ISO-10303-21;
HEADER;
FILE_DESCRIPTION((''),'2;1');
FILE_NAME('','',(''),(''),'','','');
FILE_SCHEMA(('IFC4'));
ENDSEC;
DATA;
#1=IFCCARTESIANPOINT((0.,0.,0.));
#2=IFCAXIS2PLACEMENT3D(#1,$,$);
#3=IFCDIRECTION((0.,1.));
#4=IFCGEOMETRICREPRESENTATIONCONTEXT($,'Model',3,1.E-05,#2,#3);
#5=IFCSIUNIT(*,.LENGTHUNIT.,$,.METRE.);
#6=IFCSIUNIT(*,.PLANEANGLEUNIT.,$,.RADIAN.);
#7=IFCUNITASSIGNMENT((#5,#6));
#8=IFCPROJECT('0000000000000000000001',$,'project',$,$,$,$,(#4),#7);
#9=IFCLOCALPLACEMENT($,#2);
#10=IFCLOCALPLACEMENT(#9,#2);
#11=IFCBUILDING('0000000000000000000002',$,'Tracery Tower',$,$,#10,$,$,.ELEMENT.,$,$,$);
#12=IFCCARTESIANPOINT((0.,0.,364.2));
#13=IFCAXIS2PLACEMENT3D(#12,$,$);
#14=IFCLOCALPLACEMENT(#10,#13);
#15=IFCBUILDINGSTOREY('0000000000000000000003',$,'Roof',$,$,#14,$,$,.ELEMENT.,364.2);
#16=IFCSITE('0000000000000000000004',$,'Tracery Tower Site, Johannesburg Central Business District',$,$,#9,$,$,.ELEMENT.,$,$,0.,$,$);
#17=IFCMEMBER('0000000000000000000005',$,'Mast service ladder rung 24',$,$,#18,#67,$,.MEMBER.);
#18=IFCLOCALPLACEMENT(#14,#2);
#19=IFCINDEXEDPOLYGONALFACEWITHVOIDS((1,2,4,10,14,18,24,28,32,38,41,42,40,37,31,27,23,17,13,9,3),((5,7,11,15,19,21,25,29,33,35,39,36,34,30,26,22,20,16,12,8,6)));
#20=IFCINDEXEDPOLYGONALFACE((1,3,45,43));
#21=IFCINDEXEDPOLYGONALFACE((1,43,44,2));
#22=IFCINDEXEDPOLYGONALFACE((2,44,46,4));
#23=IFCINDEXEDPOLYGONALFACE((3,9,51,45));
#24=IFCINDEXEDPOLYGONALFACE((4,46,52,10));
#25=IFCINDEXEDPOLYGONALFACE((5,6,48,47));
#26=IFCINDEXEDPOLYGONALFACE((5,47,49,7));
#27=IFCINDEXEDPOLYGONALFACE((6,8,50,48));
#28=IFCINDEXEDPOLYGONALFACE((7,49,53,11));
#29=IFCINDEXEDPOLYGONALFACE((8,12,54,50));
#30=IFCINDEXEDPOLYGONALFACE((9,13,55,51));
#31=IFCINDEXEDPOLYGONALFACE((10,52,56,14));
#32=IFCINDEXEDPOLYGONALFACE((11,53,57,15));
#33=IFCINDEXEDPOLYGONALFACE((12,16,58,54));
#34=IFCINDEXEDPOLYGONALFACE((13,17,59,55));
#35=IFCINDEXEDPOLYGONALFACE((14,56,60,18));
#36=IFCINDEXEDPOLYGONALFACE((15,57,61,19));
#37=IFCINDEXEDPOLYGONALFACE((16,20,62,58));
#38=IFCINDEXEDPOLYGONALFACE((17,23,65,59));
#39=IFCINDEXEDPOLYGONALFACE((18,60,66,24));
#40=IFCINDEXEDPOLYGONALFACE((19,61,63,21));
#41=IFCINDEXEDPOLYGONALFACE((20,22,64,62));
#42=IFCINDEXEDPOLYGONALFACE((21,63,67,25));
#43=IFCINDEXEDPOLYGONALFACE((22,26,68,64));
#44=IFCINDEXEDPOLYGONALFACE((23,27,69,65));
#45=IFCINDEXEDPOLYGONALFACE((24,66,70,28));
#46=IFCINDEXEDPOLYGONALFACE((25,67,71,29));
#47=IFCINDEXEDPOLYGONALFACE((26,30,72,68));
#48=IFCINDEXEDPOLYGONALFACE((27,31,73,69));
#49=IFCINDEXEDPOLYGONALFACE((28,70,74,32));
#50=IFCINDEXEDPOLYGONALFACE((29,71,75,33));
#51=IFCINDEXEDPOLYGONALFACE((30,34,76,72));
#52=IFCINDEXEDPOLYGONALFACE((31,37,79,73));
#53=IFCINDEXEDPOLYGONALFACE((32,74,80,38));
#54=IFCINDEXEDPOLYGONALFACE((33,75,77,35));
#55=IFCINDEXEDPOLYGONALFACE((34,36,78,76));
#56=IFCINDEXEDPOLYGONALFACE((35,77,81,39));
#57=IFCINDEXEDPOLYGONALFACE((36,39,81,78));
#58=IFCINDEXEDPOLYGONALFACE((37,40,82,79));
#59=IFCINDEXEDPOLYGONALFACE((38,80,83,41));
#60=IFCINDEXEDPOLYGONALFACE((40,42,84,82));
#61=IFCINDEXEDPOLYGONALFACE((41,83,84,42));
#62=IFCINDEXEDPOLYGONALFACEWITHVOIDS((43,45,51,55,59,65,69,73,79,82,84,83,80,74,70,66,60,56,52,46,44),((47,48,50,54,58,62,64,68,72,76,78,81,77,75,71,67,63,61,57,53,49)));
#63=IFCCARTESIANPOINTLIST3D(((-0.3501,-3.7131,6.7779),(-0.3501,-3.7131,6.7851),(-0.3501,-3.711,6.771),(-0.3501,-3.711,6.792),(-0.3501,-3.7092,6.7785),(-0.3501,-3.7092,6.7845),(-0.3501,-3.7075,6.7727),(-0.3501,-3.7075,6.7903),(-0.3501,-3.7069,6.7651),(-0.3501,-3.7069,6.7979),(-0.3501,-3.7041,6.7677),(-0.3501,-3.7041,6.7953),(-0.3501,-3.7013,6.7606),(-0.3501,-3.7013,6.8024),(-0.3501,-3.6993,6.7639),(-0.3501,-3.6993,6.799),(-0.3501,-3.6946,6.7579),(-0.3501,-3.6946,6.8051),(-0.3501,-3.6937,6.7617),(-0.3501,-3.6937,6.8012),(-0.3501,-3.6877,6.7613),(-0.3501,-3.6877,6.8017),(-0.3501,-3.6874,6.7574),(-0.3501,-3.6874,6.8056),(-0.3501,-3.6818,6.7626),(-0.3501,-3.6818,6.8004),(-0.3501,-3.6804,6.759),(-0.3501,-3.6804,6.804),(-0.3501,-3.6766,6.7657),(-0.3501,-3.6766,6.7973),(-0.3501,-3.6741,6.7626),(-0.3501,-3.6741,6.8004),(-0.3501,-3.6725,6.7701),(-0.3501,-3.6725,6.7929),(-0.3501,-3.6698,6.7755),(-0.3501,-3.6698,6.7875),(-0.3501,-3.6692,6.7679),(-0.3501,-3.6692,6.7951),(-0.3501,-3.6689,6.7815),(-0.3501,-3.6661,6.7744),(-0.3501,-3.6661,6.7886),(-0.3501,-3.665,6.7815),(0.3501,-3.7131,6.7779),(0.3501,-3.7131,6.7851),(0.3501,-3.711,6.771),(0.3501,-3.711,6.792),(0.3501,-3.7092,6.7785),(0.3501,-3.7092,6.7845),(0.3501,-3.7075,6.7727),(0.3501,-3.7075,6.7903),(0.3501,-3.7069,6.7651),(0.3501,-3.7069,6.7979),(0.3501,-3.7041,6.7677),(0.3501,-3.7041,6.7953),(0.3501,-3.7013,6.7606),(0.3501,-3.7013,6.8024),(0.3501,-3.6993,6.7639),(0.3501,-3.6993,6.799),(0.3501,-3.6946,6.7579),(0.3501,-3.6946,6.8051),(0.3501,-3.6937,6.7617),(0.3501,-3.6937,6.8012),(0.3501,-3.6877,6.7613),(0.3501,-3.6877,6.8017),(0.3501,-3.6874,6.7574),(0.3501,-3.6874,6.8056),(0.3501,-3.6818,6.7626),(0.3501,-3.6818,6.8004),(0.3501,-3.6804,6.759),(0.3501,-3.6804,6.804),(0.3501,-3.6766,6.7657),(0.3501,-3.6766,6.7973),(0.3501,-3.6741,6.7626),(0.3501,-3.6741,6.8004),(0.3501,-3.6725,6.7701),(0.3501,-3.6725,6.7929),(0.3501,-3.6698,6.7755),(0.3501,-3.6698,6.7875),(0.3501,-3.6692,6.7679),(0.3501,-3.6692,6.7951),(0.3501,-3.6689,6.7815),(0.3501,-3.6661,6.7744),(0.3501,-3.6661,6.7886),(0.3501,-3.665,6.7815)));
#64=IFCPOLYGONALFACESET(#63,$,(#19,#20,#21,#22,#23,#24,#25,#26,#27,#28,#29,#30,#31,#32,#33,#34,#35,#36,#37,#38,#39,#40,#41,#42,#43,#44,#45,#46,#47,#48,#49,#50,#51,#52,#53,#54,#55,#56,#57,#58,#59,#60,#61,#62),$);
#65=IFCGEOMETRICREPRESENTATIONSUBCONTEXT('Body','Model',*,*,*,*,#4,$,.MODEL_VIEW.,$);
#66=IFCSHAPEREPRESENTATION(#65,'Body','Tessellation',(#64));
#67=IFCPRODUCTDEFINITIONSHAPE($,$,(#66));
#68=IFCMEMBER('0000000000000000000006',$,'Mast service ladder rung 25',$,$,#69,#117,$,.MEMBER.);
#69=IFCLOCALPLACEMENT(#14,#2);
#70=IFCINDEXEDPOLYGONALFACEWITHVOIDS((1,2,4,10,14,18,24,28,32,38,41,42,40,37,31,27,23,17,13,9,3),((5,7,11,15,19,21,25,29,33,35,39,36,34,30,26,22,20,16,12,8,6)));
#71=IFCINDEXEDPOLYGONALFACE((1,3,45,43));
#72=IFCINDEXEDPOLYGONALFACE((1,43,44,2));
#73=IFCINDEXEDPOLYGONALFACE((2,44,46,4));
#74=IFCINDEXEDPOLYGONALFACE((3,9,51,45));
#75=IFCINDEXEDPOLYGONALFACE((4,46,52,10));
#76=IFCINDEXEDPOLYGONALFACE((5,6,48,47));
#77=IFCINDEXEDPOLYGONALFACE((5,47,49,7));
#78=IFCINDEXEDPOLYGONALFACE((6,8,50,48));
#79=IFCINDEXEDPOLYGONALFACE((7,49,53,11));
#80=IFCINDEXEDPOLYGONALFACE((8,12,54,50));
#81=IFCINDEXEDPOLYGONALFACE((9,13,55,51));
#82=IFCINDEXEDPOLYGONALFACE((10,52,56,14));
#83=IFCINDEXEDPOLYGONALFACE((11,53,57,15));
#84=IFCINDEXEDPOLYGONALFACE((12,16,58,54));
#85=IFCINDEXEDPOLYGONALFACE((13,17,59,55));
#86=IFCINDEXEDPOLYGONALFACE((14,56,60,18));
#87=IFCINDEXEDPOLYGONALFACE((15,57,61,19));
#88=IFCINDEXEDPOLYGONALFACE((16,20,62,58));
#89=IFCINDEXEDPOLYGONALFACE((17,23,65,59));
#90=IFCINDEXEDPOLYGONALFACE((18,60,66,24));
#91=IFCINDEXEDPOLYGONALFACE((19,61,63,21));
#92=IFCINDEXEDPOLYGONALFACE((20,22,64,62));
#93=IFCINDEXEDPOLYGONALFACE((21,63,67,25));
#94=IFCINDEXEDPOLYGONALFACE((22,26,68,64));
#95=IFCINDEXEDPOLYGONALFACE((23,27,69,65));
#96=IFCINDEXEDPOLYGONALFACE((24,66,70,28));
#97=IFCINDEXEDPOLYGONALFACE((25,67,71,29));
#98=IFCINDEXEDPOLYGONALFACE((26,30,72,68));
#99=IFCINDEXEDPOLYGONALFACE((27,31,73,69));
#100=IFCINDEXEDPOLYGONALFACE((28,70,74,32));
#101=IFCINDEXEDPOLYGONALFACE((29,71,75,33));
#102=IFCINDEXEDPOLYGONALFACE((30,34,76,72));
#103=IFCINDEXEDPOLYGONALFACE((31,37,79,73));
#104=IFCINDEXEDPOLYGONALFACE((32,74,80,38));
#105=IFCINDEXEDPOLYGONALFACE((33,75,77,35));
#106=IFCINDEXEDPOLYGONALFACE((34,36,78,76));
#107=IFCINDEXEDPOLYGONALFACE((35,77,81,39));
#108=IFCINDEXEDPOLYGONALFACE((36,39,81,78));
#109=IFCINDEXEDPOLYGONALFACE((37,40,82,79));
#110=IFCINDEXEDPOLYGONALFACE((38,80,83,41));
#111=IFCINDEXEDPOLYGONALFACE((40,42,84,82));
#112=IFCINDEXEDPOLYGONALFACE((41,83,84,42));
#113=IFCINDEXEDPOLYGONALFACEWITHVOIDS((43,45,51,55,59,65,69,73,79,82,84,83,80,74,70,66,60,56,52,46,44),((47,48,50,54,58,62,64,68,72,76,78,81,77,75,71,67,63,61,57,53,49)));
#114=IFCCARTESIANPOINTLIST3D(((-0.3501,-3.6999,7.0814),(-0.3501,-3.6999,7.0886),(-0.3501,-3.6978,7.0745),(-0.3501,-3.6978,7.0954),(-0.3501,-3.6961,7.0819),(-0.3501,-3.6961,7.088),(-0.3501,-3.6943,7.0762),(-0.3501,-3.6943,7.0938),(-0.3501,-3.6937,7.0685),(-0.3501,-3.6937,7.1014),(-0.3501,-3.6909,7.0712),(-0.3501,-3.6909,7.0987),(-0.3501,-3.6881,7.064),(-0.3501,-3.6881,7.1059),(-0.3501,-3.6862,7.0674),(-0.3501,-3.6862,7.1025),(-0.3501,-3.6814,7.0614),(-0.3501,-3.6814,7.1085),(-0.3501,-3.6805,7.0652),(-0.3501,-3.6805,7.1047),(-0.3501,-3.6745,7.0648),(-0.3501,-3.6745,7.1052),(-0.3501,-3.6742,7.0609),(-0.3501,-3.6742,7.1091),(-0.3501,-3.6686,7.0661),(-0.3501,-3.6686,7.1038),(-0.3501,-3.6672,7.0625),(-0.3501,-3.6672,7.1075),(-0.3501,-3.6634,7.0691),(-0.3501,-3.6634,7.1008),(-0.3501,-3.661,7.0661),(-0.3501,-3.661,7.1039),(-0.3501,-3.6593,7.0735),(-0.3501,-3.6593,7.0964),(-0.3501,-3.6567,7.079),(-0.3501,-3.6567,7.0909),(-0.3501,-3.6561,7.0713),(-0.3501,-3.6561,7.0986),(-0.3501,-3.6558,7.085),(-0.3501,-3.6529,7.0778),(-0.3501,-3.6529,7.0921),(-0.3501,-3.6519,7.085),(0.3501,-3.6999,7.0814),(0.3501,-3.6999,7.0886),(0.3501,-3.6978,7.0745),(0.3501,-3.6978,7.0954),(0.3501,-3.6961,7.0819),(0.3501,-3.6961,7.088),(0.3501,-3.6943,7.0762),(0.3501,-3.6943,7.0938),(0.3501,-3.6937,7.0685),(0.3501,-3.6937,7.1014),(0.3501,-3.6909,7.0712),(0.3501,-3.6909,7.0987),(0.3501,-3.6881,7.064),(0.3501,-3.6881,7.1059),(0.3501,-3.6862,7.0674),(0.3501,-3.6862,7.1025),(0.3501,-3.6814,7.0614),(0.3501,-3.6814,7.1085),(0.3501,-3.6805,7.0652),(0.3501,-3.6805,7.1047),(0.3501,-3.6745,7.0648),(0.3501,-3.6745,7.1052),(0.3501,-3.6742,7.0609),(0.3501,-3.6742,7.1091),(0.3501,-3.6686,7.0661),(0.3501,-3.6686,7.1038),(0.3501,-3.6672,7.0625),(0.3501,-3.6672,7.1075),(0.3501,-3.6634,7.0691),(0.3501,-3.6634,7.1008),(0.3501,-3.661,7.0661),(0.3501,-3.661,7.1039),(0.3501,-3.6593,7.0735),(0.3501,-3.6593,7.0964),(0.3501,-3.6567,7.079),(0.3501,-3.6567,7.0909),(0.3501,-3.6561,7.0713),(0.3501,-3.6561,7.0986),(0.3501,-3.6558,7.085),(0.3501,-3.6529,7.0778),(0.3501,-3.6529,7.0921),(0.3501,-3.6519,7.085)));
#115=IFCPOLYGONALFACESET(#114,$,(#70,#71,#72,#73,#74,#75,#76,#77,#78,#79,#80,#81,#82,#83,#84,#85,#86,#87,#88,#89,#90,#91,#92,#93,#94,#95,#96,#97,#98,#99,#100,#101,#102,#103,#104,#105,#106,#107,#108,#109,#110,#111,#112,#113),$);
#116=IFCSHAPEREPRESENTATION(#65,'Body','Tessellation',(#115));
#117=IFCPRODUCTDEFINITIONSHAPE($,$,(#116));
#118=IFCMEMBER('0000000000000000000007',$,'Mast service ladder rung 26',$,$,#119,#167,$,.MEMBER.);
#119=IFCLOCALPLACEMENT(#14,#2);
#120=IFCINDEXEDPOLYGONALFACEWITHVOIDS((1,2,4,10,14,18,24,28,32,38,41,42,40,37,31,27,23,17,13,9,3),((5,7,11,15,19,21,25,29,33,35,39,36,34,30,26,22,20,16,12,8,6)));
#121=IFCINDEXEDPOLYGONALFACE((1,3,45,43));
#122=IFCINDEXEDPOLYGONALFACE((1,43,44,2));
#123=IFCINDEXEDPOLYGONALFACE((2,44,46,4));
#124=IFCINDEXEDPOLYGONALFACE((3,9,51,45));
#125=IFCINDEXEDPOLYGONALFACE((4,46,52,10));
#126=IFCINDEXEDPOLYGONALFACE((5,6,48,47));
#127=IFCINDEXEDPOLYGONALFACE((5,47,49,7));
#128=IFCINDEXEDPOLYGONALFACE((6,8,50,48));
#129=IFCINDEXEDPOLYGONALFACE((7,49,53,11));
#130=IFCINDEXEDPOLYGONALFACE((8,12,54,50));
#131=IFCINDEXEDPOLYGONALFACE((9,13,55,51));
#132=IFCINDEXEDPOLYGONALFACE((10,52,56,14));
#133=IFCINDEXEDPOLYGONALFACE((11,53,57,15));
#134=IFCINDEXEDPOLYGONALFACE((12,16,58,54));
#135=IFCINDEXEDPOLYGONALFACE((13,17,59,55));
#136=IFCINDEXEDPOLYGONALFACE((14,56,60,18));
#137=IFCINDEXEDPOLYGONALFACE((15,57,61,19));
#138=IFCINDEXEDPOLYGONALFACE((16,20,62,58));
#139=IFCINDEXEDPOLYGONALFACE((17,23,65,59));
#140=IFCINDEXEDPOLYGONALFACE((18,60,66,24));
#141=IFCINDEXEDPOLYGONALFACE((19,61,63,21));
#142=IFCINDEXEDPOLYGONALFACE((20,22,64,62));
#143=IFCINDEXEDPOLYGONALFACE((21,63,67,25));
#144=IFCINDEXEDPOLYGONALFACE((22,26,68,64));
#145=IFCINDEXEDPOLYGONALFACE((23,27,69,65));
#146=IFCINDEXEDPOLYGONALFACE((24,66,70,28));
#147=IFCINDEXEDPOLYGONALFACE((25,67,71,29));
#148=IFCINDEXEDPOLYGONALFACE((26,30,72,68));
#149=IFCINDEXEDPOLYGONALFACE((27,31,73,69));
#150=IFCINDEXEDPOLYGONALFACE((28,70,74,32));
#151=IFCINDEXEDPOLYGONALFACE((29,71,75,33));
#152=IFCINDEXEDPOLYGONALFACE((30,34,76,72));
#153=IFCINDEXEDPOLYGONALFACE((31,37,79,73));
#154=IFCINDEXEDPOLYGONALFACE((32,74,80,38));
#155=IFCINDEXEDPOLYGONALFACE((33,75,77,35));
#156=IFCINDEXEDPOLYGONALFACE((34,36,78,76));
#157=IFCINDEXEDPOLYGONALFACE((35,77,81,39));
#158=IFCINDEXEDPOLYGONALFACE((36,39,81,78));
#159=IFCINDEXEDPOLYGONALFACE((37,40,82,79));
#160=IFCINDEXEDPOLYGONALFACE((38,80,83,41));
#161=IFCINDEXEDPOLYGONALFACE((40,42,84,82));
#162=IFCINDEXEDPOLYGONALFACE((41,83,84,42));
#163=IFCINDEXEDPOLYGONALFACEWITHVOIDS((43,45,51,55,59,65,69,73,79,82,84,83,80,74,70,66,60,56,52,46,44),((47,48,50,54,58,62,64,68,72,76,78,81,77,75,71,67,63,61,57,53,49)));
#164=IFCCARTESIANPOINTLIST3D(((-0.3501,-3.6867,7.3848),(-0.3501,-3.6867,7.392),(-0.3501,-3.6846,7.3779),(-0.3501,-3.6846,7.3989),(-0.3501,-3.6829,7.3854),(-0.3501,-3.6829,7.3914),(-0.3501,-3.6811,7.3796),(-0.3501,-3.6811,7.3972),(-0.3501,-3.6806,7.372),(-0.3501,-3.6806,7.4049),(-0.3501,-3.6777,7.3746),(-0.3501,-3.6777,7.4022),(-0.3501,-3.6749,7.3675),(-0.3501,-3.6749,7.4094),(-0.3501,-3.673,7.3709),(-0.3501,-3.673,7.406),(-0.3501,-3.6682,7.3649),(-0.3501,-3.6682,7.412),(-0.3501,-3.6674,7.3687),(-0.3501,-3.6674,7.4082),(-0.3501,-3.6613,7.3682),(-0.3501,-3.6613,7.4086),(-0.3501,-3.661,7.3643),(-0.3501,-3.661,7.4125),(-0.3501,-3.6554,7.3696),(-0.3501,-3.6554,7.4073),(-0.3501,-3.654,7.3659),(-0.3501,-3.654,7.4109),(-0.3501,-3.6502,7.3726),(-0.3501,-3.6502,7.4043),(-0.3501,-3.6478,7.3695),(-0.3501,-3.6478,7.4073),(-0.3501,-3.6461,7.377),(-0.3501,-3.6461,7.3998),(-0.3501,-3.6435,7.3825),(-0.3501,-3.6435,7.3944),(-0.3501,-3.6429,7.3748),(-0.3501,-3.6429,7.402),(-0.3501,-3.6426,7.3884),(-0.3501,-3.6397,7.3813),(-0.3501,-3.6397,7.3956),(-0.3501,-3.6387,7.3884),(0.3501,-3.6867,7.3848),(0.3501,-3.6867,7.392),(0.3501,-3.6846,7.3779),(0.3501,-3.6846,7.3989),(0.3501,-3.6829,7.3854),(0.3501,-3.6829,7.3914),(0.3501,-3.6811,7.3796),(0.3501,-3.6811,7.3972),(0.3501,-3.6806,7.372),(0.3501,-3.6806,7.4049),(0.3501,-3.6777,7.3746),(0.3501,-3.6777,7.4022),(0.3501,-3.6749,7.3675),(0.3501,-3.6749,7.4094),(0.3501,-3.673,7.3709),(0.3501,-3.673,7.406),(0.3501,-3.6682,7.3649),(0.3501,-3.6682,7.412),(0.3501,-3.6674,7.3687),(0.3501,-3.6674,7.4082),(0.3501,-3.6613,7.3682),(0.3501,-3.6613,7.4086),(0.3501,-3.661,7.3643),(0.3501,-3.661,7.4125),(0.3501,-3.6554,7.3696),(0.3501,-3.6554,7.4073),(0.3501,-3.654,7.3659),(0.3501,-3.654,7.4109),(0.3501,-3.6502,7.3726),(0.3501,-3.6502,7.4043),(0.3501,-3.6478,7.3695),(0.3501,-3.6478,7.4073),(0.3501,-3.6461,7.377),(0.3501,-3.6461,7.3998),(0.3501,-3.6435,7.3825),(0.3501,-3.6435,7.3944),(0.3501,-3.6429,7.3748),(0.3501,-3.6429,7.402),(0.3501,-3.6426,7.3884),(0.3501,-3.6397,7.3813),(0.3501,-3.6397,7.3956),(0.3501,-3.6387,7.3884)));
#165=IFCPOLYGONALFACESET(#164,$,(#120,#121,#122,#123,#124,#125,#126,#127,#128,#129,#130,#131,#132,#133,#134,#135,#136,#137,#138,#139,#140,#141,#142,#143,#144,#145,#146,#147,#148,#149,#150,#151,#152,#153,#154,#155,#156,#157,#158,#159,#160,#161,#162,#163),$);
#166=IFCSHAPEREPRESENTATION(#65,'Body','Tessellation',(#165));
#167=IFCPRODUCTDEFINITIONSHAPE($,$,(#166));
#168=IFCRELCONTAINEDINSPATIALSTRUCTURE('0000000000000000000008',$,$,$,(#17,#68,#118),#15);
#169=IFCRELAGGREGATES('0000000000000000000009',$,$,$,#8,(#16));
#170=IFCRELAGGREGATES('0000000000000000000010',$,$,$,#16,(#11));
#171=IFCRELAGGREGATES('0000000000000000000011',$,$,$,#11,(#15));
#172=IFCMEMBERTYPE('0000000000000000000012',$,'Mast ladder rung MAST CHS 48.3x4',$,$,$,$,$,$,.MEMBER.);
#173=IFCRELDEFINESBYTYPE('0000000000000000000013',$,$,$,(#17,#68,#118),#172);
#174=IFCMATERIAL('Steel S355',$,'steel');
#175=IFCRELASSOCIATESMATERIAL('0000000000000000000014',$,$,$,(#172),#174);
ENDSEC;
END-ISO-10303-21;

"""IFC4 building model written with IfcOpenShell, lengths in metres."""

from ifc_helpers import new_model, si_unit, direction, frame, origin, origin_2d, place, context, subcontext, project, spatial, hollow_circle, extrude, material, material_profile, profile_set, type_object, element, save


model = new_model("IFC4")

# Units and contexts
model_context = context("Model", 3, precision=1e-05, world=origin(), true_north=direction((0.0, 1.0)))
body_context = subcontext(model_context, "Body", "Model", "MODEL_VIEW")
ifc_project = project(units=[si_unit("LENGTHUNIT", "METRE"), si_unit("PLANEANGLEUNIT", "RADIAN")], contexts=[model_context])

# Site, building, storey
site_placement = place(None, origin())
site = spatial("IfcSite", under=ifc_project, at=site_placement, Name="Tracery Tower Site, Johannesburg Central Business District", CompositionType="ELEMENT", RefElevation=0.0)
building_placement = place(site_placement, origin())
building = spatial("IfcBuilding", under=site, at=building_placement, Name="Tracery Tower", CompositionType="ELEMENT")
storey_placement = place(building_placement, frame((0.0, 0.0, 364.2)))
storey = spatial("IfcBuildingStorey", under=building, at=storey_placement, Name="Roof", CompositionType="ELEMENT", Elevation=364.2)

# Members
ifc_material_1 = material(Name="Steel S355", Category="steel")
ifc_material_profile_1 = material_profile(ifc_material_1, hollow_circle(Radius=0.0242, WallThickness=0.0039, at=origin_2d()), Name="CHS 48.3x4")
ifc_profile_set_1 = profile_set([ifc_material_profile_1], Name="Steel S355")
member_type_1 = type_object("IfcMemberType", Name="Mast ladder rung MAST CHS 48.3x4", PredefinedType="MEMBER", material=ifc_profile_set_1)
for number, where, z_axis, x_axis, name in (
    (1, (-0.3501, -3.6892, 6.7815), (1.0, 0.0, 0.0), (0.0, 1.0, 0.0), "Mast service ladder rung 24"),
    (2, (-0.3501, -3.676, 7.085), (1.0, 0.0, 0.0), (0.0, 1.0, 0.0), "Mast service ladder rung 25"),
    (3, (-0.3501, -3.6628, 7.3884), (1.0, 0.0, 0.0), (0.0, 1.0, 0.0), "Mast service ladder rung 26"),
):
    element("IfcMember", number, at=place(storey_placement, frame(where, z_axis=z_axis, x_axis=x_axis)), inside=storey, type_object=member_type_1, Name=name, PredefinedType="MEMBER", context=body_context, shape_type="SweptSolid", body=[
        extrude(hollow_circle(Radius=0.0242, WallThickness=0.0039, at=origin_2d()), origin(), (0.0, 0.0, 1.0), 0.7002),
    ])

save(model, "model.ifc")
